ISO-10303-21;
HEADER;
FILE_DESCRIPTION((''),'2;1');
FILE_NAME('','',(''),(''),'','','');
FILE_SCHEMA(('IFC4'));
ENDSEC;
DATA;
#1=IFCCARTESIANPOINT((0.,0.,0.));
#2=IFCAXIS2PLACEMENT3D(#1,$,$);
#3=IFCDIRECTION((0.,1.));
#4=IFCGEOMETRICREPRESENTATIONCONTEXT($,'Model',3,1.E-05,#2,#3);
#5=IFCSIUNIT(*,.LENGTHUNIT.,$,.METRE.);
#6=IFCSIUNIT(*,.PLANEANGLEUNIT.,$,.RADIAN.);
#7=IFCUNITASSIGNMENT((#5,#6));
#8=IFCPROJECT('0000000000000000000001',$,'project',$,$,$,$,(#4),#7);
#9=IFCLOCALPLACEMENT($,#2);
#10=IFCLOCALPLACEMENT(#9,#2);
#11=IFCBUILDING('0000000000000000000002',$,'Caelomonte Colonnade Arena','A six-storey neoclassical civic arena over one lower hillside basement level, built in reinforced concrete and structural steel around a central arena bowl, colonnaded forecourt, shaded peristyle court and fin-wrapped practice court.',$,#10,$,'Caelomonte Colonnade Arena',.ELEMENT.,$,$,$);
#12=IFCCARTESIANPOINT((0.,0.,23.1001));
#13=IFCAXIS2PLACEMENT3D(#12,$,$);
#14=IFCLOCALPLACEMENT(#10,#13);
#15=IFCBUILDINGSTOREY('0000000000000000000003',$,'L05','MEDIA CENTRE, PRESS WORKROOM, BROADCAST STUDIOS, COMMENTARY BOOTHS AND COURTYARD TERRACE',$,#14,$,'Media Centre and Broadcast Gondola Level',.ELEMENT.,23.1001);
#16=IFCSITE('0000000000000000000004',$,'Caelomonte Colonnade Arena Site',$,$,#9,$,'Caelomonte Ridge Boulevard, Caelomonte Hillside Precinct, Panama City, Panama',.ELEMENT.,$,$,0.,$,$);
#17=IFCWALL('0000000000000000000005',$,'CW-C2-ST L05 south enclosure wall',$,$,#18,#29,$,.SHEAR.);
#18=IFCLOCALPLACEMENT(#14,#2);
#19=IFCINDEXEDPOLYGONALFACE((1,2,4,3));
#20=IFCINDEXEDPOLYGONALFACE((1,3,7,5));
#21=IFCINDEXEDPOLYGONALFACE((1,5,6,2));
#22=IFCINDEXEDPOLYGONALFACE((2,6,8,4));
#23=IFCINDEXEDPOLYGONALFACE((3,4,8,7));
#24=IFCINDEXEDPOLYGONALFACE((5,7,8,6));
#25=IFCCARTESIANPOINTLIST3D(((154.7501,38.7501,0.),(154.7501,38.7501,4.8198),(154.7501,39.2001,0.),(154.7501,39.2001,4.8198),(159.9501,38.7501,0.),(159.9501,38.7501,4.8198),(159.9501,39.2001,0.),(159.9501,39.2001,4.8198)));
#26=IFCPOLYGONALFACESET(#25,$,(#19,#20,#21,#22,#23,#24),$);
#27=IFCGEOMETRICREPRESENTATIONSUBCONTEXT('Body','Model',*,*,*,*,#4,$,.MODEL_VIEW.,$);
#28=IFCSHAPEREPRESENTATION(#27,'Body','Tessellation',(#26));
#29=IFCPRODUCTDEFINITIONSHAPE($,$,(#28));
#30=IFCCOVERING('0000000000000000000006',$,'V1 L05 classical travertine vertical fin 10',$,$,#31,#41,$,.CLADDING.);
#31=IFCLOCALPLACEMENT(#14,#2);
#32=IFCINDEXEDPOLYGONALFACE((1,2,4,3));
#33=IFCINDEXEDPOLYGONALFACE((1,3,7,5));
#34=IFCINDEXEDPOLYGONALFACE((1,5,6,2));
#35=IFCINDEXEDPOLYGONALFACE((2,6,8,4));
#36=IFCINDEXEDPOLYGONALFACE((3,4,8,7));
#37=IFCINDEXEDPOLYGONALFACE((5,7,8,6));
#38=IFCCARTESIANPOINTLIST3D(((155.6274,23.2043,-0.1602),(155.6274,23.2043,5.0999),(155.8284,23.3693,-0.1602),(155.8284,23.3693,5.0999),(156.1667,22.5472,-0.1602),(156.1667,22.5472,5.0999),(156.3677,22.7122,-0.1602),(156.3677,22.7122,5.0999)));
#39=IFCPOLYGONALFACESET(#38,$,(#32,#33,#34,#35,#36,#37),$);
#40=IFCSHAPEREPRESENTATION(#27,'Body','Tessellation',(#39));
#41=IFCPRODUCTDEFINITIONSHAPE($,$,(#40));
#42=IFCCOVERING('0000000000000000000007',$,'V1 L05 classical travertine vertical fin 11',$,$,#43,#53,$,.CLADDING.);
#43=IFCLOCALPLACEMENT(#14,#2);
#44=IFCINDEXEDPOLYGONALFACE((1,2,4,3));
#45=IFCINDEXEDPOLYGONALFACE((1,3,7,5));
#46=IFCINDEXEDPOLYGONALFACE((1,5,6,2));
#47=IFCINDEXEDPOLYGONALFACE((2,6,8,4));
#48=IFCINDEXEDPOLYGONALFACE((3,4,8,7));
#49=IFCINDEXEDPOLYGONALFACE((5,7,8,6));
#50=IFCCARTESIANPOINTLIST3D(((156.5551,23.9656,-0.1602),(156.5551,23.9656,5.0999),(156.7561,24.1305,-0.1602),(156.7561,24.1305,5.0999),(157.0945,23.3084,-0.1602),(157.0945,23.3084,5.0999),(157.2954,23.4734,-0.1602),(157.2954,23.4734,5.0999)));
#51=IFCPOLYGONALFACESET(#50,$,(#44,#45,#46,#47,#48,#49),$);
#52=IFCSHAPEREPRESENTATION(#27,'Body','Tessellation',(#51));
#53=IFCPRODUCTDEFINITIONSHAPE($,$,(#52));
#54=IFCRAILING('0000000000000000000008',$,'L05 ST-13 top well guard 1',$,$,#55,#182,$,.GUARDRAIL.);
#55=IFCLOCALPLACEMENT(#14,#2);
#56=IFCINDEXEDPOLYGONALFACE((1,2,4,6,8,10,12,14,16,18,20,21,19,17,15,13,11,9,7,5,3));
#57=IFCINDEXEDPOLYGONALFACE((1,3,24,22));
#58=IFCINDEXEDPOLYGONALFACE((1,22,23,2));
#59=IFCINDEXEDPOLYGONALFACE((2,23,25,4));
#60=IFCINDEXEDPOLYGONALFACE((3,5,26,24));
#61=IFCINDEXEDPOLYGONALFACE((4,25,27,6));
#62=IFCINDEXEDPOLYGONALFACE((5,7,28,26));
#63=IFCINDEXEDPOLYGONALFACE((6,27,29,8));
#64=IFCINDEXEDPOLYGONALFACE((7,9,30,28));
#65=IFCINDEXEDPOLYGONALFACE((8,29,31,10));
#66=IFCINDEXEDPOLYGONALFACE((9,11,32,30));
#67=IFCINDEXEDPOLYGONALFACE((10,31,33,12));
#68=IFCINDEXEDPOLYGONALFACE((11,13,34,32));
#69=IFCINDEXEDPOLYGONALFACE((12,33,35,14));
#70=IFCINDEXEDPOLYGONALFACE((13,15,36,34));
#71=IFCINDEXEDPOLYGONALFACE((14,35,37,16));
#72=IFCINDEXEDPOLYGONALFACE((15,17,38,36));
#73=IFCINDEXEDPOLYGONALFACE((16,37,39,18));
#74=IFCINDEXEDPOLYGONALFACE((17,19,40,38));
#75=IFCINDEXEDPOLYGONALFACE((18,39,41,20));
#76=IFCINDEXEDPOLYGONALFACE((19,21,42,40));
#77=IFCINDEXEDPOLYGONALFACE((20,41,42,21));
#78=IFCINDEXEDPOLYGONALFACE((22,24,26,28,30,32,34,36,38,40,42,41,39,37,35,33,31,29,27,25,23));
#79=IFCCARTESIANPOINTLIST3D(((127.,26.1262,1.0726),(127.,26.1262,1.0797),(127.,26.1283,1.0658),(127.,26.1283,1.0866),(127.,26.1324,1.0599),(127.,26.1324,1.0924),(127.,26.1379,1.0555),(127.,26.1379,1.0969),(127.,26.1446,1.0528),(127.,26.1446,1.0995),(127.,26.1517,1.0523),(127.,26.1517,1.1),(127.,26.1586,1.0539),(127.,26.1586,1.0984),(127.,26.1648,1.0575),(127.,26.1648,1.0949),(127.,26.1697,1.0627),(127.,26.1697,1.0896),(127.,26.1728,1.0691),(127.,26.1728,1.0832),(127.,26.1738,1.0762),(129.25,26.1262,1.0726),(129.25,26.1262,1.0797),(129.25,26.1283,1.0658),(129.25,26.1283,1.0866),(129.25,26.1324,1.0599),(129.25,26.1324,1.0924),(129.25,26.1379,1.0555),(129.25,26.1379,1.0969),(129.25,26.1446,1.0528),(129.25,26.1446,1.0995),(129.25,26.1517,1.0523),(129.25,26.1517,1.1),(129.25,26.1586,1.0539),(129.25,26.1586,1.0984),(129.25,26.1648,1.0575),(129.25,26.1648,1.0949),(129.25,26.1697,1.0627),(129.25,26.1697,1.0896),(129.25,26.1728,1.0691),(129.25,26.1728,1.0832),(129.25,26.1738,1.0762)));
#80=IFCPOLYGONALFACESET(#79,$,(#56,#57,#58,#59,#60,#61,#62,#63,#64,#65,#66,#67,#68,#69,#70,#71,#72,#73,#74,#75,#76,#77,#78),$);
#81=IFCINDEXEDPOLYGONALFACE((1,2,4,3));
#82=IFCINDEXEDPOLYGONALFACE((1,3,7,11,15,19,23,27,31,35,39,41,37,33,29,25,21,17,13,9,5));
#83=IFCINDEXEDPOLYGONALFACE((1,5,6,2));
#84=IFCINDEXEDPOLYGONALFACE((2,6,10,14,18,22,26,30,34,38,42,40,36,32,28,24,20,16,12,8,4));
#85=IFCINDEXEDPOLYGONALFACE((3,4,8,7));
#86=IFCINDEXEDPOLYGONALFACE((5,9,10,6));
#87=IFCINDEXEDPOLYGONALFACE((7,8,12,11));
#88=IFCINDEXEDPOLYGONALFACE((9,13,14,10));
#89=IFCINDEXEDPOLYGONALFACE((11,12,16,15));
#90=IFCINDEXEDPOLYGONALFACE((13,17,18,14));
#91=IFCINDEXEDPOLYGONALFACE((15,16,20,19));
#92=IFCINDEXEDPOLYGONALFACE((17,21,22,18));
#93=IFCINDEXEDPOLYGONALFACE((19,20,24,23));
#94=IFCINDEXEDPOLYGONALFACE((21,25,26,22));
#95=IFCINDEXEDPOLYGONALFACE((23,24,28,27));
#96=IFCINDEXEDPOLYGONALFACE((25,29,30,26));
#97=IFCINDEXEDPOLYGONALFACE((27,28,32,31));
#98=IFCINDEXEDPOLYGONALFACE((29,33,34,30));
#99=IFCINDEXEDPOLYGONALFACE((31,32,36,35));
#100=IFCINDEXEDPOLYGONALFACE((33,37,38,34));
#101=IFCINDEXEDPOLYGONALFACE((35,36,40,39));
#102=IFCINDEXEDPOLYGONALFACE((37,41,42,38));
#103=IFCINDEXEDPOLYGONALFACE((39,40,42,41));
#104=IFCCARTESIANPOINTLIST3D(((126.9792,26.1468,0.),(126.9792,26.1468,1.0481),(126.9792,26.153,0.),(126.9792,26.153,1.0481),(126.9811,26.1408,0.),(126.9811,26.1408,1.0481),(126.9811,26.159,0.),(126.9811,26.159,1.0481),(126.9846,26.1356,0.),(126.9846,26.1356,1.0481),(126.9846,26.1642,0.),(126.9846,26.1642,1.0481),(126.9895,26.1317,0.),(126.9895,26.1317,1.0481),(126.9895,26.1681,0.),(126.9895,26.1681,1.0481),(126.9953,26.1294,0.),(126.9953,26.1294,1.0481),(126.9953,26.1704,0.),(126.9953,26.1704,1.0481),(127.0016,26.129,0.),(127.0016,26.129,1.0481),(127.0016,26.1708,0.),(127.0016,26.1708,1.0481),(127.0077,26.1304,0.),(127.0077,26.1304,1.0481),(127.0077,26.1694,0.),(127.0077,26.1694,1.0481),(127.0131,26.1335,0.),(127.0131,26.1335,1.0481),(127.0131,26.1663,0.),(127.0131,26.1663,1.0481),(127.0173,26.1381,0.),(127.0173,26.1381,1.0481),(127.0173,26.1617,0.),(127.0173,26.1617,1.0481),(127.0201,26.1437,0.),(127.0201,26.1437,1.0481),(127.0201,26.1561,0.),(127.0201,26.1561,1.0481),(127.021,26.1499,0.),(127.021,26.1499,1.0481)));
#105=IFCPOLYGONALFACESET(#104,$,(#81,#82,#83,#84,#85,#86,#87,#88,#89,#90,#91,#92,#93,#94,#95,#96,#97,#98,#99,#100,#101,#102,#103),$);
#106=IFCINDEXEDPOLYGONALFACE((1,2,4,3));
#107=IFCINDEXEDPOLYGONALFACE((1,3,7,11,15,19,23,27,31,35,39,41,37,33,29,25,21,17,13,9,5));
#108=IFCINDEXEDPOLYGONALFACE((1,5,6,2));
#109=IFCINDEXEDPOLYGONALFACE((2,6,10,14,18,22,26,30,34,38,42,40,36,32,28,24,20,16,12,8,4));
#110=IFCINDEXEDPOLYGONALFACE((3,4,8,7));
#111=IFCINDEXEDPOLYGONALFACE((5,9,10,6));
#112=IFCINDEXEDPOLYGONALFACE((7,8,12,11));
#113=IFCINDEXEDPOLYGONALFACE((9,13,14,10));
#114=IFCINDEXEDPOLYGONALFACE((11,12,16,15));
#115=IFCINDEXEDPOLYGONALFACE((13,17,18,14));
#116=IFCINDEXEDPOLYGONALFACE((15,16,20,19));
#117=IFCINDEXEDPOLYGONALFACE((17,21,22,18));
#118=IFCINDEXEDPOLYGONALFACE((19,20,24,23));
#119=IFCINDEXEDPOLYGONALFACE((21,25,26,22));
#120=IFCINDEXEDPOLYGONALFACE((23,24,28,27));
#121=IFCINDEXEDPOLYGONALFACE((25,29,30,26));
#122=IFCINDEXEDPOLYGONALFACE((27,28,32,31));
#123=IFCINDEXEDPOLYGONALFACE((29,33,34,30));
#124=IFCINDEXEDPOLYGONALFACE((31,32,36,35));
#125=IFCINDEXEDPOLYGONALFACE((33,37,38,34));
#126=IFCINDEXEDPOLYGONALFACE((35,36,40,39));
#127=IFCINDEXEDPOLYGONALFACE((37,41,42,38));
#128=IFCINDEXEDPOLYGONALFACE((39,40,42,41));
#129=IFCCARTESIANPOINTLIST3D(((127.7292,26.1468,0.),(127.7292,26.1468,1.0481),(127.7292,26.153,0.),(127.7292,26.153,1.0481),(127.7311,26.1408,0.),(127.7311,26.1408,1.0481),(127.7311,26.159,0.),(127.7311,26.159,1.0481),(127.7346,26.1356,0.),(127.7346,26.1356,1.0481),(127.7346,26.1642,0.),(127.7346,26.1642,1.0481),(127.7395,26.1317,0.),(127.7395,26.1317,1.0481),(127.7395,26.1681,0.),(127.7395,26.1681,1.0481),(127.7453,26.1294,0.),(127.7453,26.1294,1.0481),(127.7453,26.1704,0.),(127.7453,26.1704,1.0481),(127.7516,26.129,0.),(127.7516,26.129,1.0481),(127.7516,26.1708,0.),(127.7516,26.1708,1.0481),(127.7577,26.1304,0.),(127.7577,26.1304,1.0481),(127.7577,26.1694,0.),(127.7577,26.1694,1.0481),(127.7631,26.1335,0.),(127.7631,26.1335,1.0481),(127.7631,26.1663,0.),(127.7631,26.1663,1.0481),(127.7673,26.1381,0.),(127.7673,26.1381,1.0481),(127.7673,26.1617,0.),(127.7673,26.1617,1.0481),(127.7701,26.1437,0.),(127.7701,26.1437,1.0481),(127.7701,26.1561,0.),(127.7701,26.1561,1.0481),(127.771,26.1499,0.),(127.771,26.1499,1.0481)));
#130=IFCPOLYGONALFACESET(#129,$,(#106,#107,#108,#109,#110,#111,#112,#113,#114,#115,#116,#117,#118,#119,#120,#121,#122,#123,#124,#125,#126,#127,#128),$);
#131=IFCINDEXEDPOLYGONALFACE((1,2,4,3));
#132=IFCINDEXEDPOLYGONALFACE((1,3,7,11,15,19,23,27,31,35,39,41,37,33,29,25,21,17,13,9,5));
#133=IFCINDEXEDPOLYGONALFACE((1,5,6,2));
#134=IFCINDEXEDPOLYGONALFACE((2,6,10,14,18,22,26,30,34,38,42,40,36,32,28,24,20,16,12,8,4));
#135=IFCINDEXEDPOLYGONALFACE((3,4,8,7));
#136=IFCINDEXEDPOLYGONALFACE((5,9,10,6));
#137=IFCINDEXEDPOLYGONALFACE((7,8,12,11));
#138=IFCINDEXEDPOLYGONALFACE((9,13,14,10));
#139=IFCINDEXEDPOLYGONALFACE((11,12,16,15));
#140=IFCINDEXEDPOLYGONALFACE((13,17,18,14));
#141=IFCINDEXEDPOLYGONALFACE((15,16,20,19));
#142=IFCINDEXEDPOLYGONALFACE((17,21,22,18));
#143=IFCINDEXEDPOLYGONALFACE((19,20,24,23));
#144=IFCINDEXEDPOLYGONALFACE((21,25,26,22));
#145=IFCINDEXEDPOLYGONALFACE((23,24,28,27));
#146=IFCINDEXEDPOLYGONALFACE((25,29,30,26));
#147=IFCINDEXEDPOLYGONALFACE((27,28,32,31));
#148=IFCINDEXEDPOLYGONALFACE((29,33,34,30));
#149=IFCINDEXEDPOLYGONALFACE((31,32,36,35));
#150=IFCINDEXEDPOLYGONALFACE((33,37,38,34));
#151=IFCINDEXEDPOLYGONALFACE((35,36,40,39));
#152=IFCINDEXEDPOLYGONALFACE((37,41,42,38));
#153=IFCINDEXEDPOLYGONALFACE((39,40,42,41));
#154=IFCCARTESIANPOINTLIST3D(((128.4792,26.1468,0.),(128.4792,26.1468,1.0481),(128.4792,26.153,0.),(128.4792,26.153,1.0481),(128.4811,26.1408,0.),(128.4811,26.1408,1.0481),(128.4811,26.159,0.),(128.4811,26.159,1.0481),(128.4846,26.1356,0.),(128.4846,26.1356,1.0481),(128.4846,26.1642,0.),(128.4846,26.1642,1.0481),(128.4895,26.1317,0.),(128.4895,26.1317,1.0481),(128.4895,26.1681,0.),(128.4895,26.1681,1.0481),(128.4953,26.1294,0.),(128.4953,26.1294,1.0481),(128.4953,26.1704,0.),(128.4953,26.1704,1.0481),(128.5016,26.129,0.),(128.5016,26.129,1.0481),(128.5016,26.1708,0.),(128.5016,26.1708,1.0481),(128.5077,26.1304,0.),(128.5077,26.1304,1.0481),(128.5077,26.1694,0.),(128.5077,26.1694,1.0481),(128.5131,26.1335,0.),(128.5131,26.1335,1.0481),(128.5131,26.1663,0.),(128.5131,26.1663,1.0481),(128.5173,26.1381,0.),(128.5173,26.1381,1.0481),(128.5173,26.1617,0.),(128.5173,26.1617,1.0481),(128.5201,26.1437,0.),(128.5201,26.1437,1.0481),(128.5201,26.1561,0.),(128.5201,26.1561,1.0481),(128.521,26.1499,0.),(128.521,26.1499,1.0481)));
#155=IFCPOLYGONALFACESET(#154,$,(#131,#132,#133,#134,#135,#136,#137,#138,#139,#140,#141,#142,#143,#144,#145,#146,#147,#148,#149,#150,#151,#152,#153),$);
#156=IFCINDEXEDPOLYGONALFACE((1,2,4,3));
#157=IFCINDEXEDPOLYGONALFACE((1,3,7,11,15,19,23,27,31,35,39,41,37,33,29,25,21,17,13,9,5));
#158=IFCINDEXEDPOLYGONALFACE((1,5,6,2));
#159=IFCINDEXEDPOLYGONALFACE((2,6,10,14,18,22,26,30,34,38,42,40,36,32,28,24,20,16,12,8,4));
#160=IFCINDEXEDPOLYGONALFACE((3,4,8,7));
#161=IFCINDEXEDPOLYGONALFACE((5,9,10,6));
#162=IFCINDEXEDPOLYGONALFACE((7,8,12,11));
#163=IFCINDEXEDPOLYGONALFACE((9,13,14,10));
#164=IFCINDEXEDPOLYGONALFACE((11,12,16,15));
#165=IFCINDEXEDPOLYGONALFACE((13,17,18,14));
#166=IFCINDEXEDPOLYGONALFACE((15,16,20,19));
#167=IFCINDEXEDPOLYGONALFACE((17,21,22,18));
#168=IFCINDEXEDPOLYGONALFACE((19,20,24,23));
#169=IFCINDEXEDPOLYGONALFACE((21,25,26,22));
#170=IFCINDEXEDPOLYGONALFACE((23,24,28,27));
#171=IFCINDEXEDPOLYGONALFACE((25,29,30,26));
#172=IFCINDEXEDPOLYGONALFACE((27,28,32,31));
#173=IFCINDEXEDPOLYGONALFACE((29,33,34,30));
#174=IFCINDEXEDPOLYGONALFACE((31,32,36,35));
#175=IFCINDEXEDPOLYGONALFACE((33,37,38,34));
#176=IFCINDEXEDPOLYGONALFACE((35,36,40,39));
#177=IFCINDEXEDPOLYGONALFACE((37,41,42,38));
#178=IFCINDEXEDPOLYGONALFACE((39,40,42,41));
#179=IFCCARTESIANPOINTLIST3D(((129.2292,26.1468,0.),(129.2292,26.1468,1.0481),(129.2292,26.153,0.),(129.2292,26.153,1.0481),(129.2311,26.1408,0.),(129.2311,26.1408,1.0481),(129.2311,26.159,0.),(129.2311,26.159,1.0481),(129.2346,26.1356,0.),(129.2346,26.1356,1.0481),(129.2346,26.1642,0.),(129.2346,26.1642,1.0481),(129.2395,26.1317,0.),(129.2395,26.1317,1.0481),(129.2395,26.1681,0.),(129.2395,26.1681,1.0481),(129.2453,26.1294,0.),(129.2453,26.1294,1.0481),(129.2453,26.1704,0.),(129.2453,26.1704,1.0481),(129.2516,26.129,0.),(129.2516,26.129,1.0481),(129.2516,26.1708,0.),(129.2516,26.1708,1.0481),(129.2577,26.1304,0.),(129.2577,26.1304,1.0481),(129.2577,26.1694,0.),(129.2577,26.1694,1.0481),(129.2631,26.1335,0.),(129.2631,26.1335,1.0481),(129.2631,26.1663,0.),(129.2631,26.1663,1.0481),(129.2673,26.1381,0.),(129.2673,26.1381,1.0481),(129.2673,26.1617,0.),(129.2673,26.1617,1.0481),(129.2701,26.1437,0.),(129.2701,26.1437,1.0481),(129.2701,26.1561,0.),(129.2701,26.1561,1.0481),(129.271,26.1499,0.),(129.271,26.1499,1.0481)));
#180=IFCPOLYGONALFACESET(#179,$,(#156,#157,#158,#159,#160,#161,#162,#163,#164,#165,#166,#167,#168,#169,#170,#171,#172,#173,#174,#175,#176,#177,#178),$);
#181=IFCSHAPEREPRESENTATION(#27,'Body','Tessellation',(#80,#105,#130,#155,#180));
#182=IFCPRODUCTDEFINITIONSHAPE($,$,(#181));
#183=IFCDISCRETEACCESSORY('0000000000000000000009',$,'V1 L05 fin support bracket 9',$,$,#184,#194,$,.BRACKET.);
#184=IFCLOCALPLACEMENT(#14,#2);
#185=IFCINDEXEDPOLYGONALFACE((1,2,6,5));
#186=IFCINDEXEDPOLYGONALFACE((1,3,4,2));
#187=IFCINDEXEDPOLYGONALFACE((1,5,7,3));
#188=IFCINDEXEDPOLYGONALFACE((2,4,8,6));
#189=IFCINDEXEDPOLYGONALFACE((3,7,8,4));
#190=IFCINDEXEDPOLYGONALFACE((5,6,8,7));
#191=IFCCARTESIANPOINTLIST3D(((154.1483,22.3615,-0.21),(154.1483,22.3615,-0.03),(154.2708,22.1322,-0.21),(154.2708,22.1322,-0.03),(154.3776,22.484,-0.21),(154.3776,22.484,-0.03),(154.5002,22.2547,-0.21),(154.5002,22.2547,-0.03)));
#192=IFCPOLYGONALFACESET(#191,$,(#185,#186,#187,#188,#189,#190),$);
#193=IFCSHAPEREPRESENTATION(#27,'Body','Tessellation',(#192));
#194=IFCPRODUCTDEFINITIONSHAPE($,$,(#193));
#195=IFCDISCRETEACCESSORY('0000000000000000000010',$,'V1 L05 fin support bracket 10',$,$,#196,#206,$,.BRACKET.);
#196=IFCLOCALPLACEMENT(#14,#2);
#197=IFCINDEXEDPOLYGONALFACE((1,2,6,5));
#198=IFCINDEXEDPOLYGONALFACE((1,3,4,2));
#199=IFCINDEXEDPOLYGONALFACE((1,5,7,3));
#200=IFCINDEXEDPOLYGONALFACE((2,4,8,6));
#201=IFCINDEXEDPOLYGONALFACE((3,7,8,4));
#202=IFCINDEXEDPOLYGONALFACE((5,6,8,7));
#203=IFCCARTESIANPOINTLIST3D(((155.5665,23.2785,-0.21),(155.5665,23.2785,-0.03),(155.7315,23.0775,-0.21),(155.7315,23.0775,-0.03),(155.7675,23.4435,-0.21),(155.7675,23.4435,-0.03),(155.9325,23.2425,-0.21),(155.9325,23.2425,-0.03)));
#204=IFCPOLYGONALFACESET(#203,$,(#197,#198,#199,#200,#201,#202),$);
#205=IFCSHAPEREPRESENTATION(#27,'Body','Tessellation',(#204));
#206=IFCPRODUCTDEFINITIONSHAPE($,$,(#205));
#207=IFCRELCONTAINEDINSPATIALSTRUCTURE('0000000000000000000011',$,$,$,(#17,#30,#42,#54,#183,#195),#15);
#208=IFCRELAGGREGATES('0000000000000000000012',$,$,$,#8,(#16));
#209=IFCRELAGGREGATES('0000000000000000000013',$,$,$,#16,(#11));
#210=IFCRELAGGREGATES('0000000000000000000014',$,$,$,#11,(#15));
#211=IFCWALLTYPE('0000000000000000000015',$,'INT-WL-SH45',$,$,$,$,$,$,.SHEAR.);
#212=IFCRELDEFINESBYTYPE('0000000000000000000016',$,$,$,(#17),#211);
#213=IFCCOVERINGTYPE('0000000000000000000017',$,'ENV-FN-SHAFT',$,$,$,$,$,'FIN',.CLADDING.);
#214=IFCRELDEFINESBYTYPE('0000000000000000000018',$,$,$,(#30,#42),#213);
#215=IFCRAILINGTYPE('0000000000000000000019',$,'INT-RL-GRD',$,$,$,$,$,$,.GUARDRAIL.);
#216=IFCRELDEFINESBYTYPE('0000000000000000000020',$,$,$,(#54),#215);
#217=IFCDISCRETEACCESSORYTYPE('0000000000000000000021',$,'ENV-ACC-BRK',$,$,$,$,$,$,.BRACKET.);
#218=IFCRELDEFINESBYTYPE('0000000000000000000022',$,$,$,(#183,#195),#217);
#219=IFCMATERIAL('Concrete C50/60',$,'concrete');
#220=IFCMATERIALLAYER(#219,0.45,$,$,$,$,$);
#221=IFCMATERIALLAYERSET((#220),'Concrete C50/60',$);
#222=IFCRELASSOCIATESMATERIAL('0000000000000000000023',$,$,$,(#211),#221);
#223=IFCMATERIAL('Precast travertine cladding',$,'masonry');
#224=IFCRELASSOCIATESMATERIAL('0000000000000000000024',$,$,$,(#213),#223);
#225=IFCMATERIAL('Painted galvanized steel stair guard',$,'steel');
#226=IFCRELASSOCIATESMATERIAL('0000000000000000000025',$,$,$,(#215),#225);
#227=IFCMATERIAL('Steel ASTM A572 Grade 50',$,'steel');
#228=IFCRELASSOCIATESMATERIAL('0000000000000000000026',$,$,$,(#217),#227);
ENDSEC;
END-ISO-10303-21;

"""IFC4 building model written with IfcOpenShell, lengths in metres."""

from ifc_helpers import new_model, si_unit, direction, frame, frame_2d, origin, origin_2d, place, context, subcontext, project, spatial, rectangle, circle, extrude, material, layer, layer_set, material_profile, profile_set, type_object, element, save


model = new_model("IFC4")

# Units and contexts
model_context = context("Model", 3, precision=1e-05, world=origin(), true_north=direction((0.0, 1.0)))
body_context = subcontext(model_context, "Body", "Model", "MODEL_VIEW")
ifc_project = project(units=[si_unit("LENGTHUNIT", "METRE"), si_unit("PLANEANGLEUNIT", "RADIAN")], contexts=[model_context])

# Site, building, storey
site_placement = place(None, origin())
site = spatial("IfcSite", under=ifc_project, at=site_placement, Name="Caelomonte Colonnade Arena Site", LongName="Caelomonte Ridge Boulevard, Caelomonte Hillside Precinct, Panama City, Panama", CompositionType="ELEMENT", RefElevation=0.0)
building_placement = place(site_placement, origin())
building = spatial("IfcBuilding", under=site, at=building_placement, Name="Caelomonte Colonnade Arena", Description="A six-storey neoclassical civic arena over one lower hillside basement level, built in reinforced concrete and structural steel around a central arena bowl, colonnaded forecourt, shaded peristyle court and fin-wrapped practice court.", LongName="Caelomonte Colonnade Arena", CompositionType="ELEMENT")
storey_placement = place(building_placement, frame((0.0, 0.0, 23.1001)))
storey = spatial("IfcBuildingStorey", under=building, at=storey_placement, Name="L05", Description="MEDIA CENTRE, PRESS WORKROOM, BROADCAST STUDIOS, COMMENTARY BOOTHS AND COURTYARD TERRACE", LongName="Media Centre and Broadcast Gondola Level", CompositionType="ELEMENT", Elevation=23.1001)

# Shared definitions
ifc_material_1 = material(Name="Concrete C50/60", Category="concrete")

# Wall
ifc_layer_1 = layer(ifc_material_1, 0.45)
ifc_layer_set_1 = layer_set([ifc_layer_1], Name="Concrete C50/60")
wall_type_1 = type_object("IfcWallType", Name="INT-WL-SH45", PredefinedType="SHEAR", material=ifc_layer_set_1)
wall_1_placement = place(storey_placement, frame((154.75, 38.9751, 0.0), z_axis=(0.0, 0.0, 1.0), x_axis=(1.0, 0.0, 0.0)))
element("IfcWall", 1, at=wall_1_placement, inside=storey, type_object=wall_type_1, Name="CW-C2-ST L05 south enclosure wall", PredefinedType="SHEAR", context=body_context, shape_type="SweptSolid", body=[
    extrude(rectangle(XDim=5.2, YDim=0.45, at=frame_2d((2.6001, 0.0))), origin(), (0.0, 0.0, 1.0), 4.8198),
])

# Coverings
ifc_material_2 = material(Name="Precast travertine cladding", Category="masonry")
ifc_material_profile_1 = material_profile(ifc_material_2, rectangle(XDim=0.26, YDim=0.8501, at=origin_2d()), Name="FIN260X850")
ifc_profile_set_1 = profile_set([ifc_material_profile_1], Name="Precast travertine cladding")
covering_type = type_object("IfcCoveringType", Name="ENV-FN-SHAFT", ElementType="FIN", PredefinedType="CLADDING", material=ifc_profile_set_1)
for number, where, z_axis, x_axis, name in (
    (2, (155.9976, 22.9583, -0.1602), (0.0, 0.0, 1.0), (-0.772994, -0.634414, 0.0), "V1 L05 classical travertine vertical fin 10"),
    (3, (156.9253, 23.7195, -0.1602), (0.0, 0.0, 1.0), (-0.772994, -0.634414, 0.0), "V1 L05 classical travertine vertical fin 11"),
):
    element("IfcCovering", number, at=place(storey_placement, frame(where, z_axis=z_axis, x_axis=x_axis)), inside=storey, type_object=covering_type, Name=name, PredefinedType="CLADDING", context=body_context, shape_type="SweptSolid", body=[
        extrude(rectangle(XDim=0.26, YDim=0.8501, at=origin_2d()), origin(), (0.0, 0.0, 1.0), 5.26),
    ])

# Railing
ifc_material_3 = material(Name="Painted galvanized steel stair guard", Category="steel")
railing_type_1 = type_object("IfcRailingType", Name="INT-RL-GRD", PredefinedType="GUARDRAIL", material=ifc_material_3)
railing_1_placement = place(storey_placement, frame((127.0, 26.1499, 0.0)))
element("IfcRailing", 4, at=railing_1_placement, inside=storey, type_object=railing_type_1, Name="L05 ST-13 top well guard 1", PredefinedType="GUARDRAIL", context=body_context, shape_type="SweptSolid", body=[
    extrude(circle(Radius=0.0239, at=origin_2d()), frame((0.0, 0.0, 1.0762), z_axis=(1.0, 0.0, 0.0), x_axis=(0.0, 1.0, 0.0)), (0.0, 0.0, 1.0), 2.25),
    extrude(circle(Radius=0.021, at=origin_2d()), origin(), (0.0, 0.0, 1.0), 1.0481),
    extrude(circle(Radius=0.021, at=origin_2d()), frame((0.75, 0.0, 0.0)), (0.0, 0.0, 1.0), 1.0481),
    extrude(circle(Radius=0.021, at=origin_2d()), frame((1.5, 0.0, 0.0)), (0.0, 0.0, 1.0), 1.0481),
    extrude(circle(Radius=0.021, at=origin_2d()), frame((2.25, 0.0, 0.0)), (0.0, 0.0, 1.0), 1.0481),
])

# Discrete accessories
ifc_material_4 = material(Name="Steel ASTM A572 Grade 50", Category="steel")
discrete_accessory_type = type_object("IfcDiscreteAccessoryType", Name="ENV-ACC-BRK", PredefinedType="BRACKET", material=ifc_material_4)
for number, where, z_axis, x_axis, name in (
    (5, (154.3242, 22.3081, -0.21), (0.0, 0.0, 1.0), (0.881921, 0.471397, 0.0), "V1 L05 fin support bracket 9"),
    (6, (155.7495, 23.2605, -0.21), (0.0, 0.0, 1.0), (0.772994, 0.634414, 0.0), "V1 L05 fin support bracket 10"),
):
    element("IfcDiscreteAccessory", number, at=place(storey_placement, frame(where, z_axis=z_axis, x_axis=x_axis)), inside=storey, type_object=discrete_accessory_type, Name=name, PredefinedType="BRACKET", context=body_context, shape_type="SweptSolid", body=[
        extrude(rectangle(XDim=0.26, YDim=0.26, at=origin_2d()), origin(), (0.0, 0.0, 1.0), 0.1799),
    ])

save(model, "model.ifc")
